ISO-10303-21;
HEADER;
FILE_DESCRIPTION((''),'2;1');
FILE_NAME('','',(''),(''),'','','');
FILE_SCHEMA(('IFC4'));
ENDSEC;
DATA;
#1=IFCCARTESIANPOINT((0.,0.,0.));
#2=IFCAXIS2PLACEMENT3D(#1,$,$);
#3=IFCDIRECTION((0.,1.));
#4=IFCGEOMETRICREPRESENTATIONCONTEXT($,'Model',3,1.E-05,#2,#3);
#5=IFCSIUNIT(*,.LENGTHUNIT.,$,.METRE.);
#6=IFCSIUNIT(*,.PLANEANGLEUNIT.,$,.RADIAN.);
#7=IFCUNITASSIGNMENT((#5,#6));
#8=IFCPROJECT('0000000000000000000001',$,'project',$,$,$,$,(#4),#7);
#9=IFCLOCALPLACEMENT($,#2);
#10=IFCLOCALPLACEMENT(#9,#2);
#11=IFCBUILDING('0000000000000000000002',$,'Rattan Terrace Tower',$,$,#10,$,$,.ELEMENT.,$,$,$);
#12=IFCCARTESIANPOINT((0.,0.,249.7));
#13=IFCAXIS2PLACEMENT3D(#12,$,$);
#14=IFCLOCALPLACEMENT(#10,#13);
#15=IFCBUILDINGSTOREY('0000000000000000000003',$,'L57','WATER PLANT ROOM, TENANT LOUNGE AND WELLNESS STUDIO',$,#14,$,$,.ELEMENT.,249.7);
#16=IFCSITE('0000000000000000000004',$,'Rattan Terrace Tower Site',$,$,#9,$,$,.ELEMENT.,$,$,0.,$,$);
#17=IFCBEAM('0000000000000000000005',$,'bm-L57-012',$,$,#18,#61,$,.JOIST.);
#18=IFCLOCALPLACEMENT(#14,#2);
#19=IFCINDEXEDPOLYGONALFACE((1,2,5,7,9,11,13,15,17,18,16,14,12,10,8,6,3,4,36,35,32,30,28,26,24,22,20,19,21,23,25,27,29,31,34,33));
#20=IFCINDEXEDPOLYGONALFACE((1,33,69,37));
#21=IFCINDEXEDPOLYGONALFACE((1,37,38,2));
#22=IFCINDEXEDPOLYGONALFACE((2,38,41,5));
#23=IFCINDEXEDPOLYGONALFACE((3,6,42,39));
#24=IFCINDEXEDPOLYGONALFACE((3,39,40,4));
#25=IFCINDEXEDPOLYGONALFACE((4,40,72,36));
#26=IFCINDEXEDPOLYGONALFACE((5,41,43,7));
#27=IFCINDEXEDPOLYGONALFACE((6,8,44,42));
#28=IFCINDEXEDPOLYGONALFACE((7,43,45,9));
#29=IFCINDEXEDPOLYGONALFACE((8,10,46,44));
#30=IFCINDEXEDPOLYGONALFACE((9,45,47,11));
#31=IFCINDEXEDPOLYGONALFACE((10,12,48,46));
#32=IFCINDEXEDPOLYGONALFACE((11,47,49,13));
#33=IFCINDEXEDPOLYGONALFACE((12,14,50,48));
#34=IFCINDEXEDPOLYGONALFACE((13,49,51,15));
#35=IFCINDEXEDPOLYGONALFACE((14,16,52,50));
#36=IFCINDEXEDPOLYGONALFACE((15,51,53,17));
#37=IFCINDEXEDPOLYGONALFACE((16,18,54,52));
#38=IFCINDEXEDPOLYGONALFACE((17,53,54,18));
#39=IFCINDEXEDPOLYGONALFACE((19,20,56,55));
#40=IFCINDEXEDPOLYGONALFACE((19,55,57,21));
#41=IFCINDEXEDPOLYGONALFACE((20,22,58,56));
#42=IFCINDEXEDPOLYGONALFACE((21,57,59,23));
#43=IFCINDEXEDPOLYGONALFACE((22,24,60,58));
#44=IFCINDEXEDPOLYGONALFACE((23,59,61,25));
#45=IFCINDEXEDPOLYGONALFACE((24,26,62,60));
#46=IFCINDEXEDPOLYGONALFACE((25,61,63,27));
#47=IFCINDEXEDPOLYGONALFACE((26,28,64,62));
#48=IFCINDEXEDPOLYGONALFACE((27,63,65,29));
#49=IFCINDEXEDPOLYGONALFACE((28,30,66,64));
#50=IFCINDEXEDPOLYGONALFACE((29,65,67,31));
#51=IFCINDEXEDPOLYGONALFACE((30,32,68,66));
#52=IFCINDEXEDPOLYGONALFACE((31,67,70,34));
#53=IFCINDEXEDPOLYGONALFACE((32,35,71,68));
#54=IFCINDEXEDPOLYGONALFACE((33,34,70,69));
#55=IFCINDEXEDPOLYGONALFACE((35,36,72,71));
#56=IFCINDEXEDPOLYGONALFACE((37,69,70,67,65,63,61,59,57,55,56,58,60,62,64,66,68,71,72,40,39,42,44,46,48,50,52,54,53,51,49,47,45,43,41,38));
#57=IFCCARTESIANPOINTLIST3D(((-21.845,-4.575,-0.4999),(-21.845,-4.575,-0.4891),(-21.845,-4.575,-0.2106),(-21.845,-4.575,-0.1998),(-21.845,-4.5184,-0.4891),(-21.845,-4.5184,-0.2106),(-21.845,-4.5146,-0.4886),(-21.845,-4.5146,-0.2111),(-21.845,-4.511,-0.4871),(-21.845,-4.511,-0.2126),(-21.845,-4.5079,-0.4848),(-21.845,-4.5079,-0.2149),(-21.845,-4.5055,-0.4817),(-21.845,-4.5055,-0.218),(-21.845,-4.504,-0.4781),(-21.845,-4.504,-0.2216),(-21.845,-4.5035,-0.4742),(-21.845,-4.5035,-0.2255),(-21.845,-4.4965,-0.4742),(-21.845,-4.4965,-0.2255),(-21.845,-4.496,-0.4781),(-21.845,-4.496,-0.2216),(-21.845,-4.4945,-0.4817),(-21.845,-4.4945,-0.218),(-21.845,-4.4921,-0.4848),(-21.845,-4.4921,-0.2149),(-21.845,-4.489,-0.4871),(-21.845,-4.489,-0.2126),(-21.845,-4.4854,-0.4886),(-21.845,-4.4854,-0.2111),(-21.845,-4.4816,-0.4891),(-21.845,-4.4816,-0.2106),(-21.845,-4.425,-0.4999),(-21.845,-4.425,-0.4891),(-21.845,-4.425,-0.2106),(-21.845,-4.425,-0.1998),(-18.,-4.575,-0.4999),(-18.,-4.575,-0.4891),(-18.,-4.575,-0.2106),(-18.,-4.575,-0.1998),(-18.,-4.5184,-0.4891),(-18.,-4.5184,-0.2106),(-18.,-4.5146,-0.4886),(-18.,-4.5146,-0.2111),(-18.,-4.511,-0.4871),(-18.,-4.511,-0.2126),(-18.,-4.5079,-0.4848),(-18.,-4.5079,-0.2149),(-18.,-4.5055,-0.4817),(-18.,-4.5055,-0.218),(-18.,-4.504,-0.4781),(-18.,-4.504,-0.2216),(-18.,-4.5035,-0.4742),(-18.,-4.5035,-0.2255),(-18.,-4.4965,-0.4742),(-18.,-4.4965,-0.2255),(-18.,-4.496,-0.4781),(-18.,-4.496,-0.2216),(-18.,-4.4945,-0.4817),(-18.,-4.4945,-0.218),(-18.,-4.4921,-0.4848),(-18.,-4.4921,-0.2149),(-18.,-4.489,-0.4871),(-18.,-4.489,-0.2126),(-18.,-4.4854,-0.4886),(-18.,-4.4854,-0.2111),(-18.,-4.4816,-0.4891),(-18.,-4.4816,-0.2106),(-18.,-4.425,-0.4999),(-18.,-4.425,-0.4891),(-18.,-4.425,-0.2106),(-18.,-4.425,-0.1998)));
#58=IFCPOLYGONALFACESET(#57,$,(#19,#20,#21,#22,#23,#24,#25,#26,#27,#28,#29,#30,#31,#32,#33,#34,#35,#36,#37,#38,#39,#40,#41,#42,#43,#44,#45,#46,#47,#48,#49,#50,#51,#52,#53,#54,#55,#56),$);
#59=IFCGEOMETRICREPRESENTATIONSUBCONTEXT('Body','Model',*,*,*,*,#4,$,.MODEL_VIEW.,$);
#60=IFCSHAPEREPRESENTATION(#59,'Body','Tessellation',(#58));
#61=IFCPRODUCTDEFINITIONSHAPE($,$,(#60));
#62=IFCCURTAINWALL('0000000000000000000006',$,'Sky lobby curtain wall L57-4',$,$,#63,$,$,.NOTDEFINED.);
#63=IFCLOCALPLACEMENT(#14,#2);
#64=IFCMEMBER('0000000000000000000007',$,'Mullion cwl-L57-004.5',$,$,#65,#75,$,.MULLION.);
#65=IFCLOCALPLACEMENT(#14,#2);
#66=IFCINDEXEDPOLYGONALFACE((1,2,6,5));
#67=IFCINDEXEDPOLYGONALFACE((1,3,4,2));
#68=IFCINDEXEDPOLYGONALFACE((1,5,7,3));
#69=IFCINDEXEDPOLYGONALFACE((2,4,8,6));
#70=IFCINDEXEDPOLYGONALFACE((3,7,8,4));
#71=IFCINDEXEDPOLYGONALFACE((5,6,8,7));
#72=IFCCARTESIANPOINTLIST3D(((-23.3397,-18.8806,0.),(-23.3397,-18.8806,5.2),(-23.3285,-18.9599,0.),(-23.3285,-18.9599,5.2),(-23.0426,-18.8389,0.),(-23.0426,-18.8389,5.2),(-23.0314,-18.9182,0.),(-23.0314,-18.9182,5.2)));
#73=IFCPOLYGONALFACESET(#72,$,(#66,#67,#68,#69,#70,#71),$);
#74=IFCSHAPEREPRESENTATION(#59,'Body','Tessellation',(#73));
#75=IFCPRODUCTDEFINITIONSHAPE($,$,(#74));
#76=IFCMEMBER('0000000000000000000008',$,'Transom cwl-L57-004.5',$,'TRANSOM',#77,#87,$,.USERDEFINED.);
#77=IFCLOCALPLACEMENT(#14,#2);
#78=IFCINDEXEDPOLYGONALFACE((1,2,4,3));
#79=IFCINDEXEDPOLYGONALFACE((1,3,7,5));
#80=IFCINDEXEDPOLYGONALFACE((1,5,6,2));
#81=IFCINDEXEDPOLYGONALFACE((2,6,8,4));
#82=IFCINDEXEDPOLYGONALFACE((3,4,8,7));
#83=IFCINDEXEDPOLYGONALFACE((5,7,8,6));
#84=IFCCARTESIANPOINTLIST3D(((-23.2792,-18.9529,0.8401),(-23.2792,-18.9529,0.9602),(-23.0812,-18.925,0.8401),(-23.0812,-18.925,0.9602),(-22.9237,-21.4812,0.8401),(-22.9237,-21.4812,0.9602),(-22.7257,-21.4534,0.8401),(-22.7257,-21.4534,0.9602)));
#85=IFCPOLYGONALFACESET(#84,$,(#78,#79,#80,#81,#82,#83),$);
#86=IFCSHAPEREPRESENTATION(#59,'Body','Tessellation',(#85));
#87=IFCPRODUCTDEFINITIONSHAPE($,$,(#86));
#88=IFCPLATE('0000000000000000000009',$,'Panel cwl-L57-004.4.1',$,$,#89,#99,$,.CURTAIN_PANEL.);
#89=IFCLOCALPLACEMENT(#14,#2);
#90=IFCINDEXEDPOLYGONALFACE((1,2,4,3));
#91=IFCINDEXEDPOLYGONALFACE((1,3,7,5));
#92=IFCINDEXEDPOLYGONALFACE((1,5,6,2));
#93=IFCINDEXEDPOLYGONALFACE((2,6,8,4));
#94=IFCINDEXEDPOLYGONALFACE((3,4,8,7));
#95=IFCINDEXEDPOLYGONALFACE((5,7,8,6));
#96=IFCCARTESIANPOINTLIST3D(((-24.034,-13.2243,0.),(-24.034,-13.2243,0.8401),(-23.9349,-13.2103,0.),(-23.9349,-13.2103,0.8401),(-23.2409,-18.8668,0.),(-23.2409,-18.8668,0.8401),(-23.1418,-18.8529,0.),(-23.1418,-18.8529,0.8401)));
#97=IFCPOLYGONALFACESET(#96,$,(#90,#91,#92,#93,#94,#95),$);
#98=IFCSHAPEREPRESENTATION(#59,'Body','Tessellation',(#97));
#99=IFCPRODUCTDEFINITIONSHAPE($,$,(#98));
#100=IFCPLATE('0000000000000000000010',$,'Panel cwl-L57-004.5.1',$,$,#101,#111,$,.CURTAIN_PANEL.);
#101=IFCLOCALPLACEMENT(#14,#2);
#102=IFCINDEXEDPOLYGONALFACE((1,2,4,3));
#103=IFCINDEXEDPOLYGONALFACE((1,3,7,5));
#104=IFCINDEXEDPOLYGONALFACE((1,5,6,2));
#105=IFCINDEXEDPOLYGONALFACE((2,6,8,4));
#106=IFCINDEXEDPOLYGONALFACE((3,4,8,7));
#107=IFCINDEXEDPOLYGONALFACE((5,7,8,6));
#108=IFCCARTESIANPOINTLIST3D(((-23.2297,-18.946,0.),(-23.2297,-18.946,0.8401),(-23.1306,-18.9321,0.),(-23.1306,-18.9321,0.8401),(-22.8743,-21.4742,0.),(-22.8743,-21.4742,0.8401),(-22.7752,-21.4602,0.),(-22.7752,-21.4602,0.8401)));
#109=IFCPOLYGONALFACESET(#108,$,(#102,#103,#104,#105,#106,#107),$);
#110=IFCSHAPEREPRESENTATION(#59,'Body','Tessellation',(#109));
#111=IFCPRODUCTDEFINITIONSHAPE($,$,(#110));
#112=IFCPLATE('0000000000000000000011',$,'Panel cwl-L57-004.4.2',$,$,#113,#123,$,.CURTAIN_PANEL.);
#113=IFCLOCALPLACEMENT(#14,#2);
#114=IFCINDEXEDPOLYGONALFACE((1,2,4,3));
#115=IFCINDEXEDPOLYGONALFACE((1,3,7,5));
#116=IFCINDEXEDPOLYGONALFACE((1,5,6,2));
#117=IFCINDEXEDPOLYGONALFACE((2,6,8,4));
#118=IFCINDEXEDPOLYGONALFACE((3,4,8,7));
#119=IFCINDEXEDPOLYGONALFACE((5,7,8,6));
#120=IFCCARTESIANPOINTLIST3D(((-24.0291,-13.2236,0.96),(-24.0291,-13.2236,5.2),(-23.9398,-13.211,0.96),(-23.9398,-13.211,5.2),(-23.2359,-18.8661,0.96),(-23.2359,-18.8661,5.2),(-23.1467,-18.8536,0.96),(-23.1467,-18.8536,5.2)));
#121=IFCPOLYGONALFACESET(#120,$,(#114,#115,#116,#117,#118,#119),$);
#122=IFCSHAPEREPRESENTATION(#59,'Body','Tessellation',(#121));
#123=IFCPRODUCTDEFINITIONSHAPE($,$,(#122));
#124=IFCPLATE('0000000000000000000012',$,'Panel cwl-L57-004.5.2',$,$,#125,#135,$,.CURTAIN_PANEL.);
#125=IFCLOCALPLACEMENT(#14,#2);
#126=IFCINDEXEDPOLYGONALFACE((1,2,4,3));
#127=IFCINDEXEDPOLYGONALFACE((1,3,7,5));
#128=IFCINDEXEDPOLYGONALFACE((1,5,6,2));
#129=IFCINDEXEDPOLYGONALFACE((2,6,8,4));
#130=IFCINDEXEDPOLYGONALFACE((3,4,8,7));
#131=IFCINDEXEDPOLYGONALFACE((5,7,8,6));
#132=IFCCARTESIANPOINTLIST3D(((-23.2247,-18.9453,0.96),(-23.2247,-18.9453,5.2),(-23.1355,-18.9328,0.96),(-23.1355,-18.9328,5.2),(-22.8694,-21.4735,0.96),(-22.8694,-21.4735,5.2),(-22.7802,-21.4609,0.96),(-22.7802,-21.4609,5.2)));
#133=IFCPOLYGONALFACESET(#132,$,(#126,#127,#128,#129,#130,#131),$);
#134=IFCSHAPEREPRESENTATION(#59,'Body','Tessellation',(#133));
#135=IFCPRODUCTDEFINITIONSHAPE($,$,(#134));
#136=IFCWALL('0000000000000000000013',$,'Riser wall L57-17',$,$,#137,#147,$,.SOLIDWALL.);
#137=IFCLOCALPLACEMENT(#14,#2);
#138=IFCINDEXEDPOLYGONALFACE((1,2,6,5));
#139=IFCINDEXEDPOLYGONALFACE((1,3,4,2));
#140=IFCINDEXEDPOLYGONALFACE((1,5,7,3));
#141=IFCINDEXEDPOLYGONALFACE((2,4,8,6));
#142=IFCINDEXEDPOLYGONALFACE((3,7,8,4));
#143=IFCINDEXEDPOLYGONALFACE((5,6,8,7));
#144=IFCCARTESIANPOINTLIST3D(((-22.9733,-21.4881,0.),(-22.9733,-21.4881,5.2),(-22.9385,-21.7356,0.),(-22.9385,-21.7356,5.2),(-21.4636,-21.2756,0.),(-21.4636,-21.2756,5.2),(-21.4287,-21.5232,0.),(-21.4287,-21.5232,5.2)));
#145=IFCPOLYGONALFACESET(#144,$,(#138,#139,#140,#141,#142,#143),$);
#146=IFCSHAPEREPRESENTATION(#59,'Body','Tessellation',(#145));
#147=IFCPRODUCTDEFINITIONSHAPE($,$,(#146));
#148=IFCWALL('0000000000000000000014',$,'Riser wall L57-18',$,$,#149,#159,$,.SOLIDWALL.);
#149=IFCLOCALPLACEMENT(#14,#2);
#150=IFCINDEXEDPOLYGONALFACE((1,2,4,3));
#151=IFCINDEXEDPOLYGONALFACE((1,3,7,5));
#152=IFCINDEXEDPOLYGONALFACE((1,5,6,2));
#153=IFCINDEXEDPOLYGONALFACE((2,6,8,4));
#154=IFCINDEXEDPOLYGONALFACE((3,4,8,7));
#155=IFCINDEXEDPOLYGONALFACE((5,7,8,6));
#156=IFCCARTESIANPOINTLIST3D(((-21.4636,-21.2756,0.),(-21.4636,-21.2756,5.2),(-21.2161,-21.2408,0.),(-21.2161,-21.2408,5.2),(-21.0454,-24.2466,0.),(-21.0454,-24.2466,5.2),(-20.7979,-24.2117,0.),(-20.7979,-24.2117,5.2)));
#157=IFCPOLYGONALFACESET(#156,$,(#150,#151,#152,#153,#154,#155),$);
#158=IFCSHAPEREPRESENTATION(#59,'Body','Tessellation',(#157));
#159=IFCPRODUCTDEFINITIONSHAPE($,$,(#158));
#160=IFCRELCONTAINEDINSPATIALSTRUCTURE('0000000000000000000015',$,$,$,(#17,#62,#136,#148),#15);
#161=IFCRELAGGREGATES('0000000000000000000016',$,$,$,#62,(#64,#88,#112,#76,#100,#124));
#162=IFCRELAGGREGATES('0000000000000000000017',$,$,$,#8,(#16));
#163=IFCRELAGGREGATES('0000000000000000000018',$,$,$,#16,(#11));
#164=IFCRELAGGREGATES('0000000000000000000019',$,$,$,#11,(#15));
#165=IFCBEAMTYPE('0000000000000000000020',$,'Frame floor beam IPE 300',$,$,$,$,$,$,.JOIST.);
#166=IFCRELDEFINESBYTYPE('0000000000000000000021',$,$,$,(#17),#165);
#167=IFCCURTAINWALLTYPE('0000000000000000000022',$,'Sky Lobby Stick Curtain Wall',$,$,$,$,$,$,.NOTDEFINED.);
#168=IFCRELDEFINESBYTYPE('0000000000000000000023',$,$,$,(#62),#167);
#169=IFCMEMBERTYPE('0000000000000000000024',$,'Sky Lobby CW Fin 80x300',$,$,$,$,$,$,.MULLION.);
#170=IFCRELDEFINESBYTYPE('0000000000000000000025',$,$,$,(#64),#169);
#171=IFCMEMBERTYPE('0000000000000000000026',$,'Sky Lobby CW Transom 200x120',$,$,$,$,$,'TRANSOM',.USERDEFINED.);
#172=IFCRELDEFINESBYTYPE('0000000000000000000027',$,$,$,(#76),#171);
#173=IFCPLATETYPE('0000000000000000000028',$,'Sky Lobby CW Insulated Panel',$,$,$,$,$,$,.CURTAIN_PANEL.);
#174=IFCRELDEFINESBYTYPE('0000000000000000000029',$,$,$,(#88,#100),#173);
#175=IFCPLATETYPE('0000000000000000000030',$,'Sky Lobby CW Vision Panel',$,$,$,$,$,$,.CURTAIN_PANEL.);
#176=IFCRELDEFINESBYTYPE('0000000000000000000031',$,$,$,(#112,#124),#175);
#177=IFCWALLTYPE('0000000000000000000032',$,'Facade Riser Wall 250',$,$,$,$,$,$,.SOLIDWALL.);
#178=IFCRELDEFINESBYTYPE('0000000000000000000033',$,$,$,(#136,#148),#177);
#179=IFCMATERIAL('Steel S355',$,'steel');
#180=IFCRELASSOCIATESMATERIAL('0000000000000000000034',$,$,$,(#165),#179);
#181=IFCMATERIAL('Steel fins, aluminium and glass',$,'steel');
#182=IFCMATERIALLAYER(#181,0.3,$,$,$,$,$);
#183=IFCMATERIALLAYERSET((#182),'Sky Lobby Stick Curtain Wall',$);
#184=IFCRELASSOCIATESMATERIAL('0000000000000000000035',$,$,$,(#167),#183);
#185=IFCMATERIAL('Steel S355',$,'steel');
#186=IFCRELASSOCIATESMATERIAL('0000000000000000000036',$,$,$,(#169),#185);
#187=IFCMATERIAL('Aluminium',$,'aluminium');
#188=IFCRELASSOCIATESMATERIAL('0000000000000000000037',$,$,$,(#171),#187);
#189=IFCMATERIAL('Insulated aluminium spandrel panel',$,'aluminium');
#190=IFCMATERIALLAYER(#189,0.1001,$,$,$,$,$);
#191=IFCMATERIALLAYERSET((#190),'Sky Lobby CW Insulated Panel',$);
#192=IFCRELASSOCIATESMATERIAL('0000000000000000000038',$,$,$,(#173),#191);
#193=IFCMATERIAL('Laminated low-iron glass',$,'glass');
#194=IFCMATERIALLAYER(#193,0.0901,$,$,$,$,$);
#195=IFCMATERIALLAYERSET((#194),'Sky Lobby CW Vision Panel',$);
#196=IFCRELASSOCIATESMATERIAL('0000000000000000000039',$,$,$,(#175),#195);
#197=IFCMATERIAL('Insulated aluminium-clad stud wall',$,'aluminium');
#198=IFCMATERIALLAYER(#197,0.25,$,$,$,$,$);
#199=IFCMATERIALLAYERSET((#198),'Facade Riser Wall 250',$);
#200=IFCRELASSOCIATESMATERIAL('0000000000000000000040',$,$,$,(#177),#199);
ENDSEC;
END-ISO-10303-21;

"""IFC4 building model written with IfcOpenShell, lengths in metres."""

from ifc_helpers import new_model, si_unit, direction, frame, frame_2d, origin, origin_2d, place, context, subcontext, project, spatial, rectangle, i_section, extrude, material, layer, layer_set, material_profile, profile_set, type_object, element, aggregate, save


model = new_model("IFC4")

# Units and contexts
model_context = context("Model", 3, precision=1e-05, world=origin(), true_north=direction((0.0, 1.0)))
body_context = subcontext(model_context, "Body", "Model", "MODEL_VIEW")
ifc_project = project(units=[si_unit("LENGTHUNIT", "METRE"), si_unit("PLANEANGLEUNIT", "RADIAN")], contexts=[model_context])

# Site, building, storey
site_placement = place(None, origin())
site = spatial("IfcSite", under=ifc_project, at=site_placement, Name="Rattan Terrace Tower Site", CompositionType="ELEMENT", RefElevation=0.0)
building_placement = place(site_placement, origin())
building = spatial("IfcBuilding", under=site, at=building_placement, Name="Rattan Terrace Tower", CompositionType="ELEMENT")
storey_placement = place(building_placement, frame((0.0, 0.0, 249.7)))
storey = spatial("IfcBuildingStorey", under=building, at=storey_placement, Name="L57", Description="WATER PLANT ROOM, TENANT LOUNGE AND WELLNESS STUDIO", CompositionType="ELEMENT", Elevation=249.7)

# Beam
ifc_material_1 = material(Name="Steel S355", Category="steel")
ifc_material_profile_1 = material_profile(ifc_material_1, i_section(OverallWidth=0.1499, OverallDepth=0.3, WebThickness=0.0071, FlangeThickness=0.0107, FilletRadius=0.0149, at=origin_2d()), Name="IPE 300")
ifc_profile_set_1 = profile_set([ifc_material_profile_1], Name="Steel S355")
beam_type = type_object("IfcBeamType", Name="Frame floor beam IPE 300", PredefinedType="JOIST", material=ifc_profile_set_1)
beam_placement = place(storey_placement, frame((-21.845, -4.5, -0.3499), z_axis=(1.0, 0.0, 0.0), x_axis=(0.0, 1.0, 0.0)))
element("IfcBeam", 1, at=beam_placement, inside=storey, type_object=beam_type, Name="bm-L57-012", PredefinedType="JOIST", context=body_context, shape_type="SweptSolid", body=[
    extrude(i_section(OverallWidth=0.1499, OverallDepth=0.3, WebThickness=0.0071, FlangeThickness=0.0107, FilletRadius=0.0149, at=origin_2d()), origin(), (0.0, 0.0, 1.0), 3.845),
])

# Curtain wall, members, plates
ifc_material_2 = material(Name="Steel fins, aluminium and glass", Category="steel")
ifc_layer_1 = layer(ifc_material_2, 0.3)
ifc_layer_set_1 = layer_set([ifc_layer_1], Name="Sky Lobby Stick Curtain Wall")
curtain_wall_type = type_object("IfcCurtainWallType", Name="Sky Lobby Stick Curtain Wall", PredefinedType="NOTDEFINED", material=ifc_layer_set_1)
curtain_wall_placement = place(storey_placement, origin())
curtain_wall = element("IfcCurtainWall", 2, at=curtain_wall_placement, inside=storey, type_object=curtain_wall_type, Name="Sky lobby curtain wall L57-4", PredefinedType="NOTDEFINED")
ifc_material_3 = material(Name="Steel S355", Category="steel")
ifc_material_profile_2 = material_profile(ifc_material_3, rectangle(XDim=0.0801, YDim=0.3, at=origin_2d()), Name="Steel S355 80x300")
ifc_profile_set_2 = profile_set([ifc_material_profile_2], Name="Steel S355")
member_type_1 = type_object("IfcMemberType", Name="Sky Lobby CW Fin 80x300", PredefinedType="MULLION", material=ifc_profile_set_2)
member_1_placement = place(storey_placement, frame((-23.1855, -18.8994, 0.0), z_axis=(0.0, 0.0, 1.0), x_axis=(0.139192, -0.990265, 0.0)))
member_1 = element("IfcMember", 3, at=member_1_placement, type_object=member_type_1, Name="Mullion cwl-L57-004.5", PredefinedType="MULLION", context=body_context, shape_type="SweptSolid", body=[
    extrude(rectangle(XDim=0.0801, YDim=0.3, at=origin_2d()), origin(), (0.0, 0.0, 1.0), 5.2),
])
ifc_material_4 = material(Name="Aluminium", Category="aluminium")
ifc_material_profile_3 = material_profile(ifc_material_4, rectangle(XDim=0.2, YDim=0.1201, at=origin_2d()), Name="Aluminium 200x120")
ifc_profile_set_3 = profile_set([ifc_material_profile_3], Name="Aluminium")
member_type_2 = type_object("IfcMemberType", Name="Sky Lobby CW Transom 200x120", ElementType="TRANSOM", PredefinedType="USERDEFINED", material=ifc_profile_set_3)
member_2_placement = place(storey_placement, frame((-23.1802, -18.939, 0.9001), z_axis=(0.139226, -0.990261, 0.0), x_axis=(0.990261, 0.139226, 0.0)))
member_2 = element("IfcMember", 4, at=member_2_placement, type_object=member_type_2, Name="Transom cwl-L57-004.5", ObjectType="TRANSOM", PredefinedType="USERDEFINED", context=body_context, shape_type="SweptSolid", body=[
    extrude(rectangle(XDim=0.2, YDim=0.1201, at=origin_2d()), origin(), (0.0, 0.0, 1.0), 2.5532),
])
ifc_material_5 = material(Name="Insulated aluminium spandrel panel", Category="aluminium")
ifc_layer_2 = layer(ifc_material_5, 0.1001)
ifc_layer_set_2 = layer_set([ifc_layer_2], Name="Sky Lobby CW Insulated Panel")
plate_type_1 = type_object("IfcPlateType", Name="Sky Lobby CW Insulated Panel", PredefinedType="CURTAIN_PANEL", material=ifc_layer_set_2)
plate_1_placement = place(storey_placement, frame((-23.5879, -16.0386, 0.0), z_axis=(0.0, 0.0, 1.0), x_axis=(0.139192, -0.990265, 0.0)))
plate_1 = element("IfcPlate", 5, at=plate_1_placement, type_object=plate_type_1, Name="Panel cwl-L57-004.4.1", PredefinedType="CURTAIN_PANEL", context=body_context, shape_type="SweptSolid", body=[
    extrude(rectangle(XDim=5.698, YDim=0.1001, at=origin_2d()), origin(), (0.0, 0.0, 1.0), 0.8401),
])
plate_2_placement = place(storey_placement, frame((-23.0024, -20.2031, 0.0), z_axis=(0.0, 0.0, 1.0), x_axis=(0.139192, -0.990265, 0.0)))
plate_2 = element("IfcPlate", 6, at=plate_2_placement, type_object=plate_type_1, Name="Panel cwl-L57-004.5.1", PredefinedType="CURTAIN_PANEL", context=body_context, shape_type="SweptSolid", body=[
    extrude(rectangle(XDim=2.553, YDim=0.1001, at=origin_2d()), origin(), (0.0, 0.0, 1.0), 0.8401),
])
ifc_material_6 = material(Name="Laminated low-iron glass", Category="glass")
ifc_layer_3 = layer(ifc_material_6, 0.0901)
ifc_layer_set_3 = layer_set([ifc_layer_3], Name="Sky Lobby CW Vision Panel")
plate_type_2 = type_object("IfcPlateType", Name="Sky Lobby CW Vision Panel", PredefinedType="CURTAIN_PANEL", material=ifc_layer_set_3)
plate_3_placement = place(storey_placement, frame((-23.5879, -16.0386, 0.96), z_axis=(0.0, 0.0, 1.0), x_axis=(0.139192, -0.990265, 0.0)))
plate_3 = element("IfcPlate", 7, at=plate_3_placement, type_object=plate_type_2, Name="Panel cwl-L57-004.4.2", PredefinedType="CURTAIN_PANEL", context=body_context, shape_type="SweptSolid", body=[
    extrude(rectangle(XDim=5.698, YDim=0.0901, at=origin_2d()), origin(), (0.0, 0.0, 1.0), 4.24),
])
plate_4_placement = place(storey_placement, frame((-23.0024, -20.2031, 0.96), z_axis=(0.0, 0.0, 1.0), x_axis=(0.139192, -0.990265, 0.0)))
plate_4 = element("IfcPlate", 8, at=plate_4_placement, type_object=plate_type_2, Name="Panel cwl-L57-004.5.2", PredefinedType="CURTAIN_PANEL", context=body_context, shape_type="SweptSolid", body=[
    extrude(rectangle(XDim=2.553, YDim=0.0901, at=origin_2d()), origin(), (0.0, 0.0, 1.0), 4.24),
])
aggregate(curtain_wall, [member_1, plate_1, plate_3, member_2, plate_2, plate_4])

# Walls
ifc_material_7 = material(Name="Insulated aluminium-clad stud wall", Category="aluminium")
ifc_layer_4 = layer(ifc_material_7, 0.25)
ifc_layer_set_4 = layer_set([ifc_layer_4], Name="Facade Riser Wall 250")
wall_type_1 = type_object("IfcWallType", Name="Facade Riser Wall 250", PredefinedType="SOLIDWALL", material=ifc_layer_set_4)
wall_1_placement = place(storey_placement, frame((-22.9558, -21.6118, 0.0), z_axis=(0.0, 0.0, 1.0), x_axis=(0.990248, 0.139314, 0.0)))
element("IfcWall", 9, at=wall_1_placement, inside=storey, type_object=wall_type_1, Name="Riser wall L57-17", PredefinedType="SOLIDWALL", context=body_context, shape_type="SweptSolid", body=[
    extrude(rectangle(XDim=1.5247, YDim=0.25, at=frame_2d((0.7622, 0.0))), origin(), (0.0, 0.0, 1.0), 5.2),
])
wall_2_placement = place(storey_placement, frame((-21.3398, -21.2583, 0.0), z_axis=(0.0, 0.0, 1.0), x_axis=(0.139393, -0.990237, 0.0)))
element("IfcWall", 10, at=wall_2_placement, inside=storey, type_object=wall_type_1, Name="Riser wall L57-18", PredefinedType="SOLIDWALL", context=body_context, shape_type="SweptSolid", body=[
    extrude(rectangle(XDim=3.0002, YDim=0.25, at=frame_2d((1.5, 0.0))), origin(), (0.0, 0.0, 1.0), 5.2),
])

save(model, "model.ifc")
